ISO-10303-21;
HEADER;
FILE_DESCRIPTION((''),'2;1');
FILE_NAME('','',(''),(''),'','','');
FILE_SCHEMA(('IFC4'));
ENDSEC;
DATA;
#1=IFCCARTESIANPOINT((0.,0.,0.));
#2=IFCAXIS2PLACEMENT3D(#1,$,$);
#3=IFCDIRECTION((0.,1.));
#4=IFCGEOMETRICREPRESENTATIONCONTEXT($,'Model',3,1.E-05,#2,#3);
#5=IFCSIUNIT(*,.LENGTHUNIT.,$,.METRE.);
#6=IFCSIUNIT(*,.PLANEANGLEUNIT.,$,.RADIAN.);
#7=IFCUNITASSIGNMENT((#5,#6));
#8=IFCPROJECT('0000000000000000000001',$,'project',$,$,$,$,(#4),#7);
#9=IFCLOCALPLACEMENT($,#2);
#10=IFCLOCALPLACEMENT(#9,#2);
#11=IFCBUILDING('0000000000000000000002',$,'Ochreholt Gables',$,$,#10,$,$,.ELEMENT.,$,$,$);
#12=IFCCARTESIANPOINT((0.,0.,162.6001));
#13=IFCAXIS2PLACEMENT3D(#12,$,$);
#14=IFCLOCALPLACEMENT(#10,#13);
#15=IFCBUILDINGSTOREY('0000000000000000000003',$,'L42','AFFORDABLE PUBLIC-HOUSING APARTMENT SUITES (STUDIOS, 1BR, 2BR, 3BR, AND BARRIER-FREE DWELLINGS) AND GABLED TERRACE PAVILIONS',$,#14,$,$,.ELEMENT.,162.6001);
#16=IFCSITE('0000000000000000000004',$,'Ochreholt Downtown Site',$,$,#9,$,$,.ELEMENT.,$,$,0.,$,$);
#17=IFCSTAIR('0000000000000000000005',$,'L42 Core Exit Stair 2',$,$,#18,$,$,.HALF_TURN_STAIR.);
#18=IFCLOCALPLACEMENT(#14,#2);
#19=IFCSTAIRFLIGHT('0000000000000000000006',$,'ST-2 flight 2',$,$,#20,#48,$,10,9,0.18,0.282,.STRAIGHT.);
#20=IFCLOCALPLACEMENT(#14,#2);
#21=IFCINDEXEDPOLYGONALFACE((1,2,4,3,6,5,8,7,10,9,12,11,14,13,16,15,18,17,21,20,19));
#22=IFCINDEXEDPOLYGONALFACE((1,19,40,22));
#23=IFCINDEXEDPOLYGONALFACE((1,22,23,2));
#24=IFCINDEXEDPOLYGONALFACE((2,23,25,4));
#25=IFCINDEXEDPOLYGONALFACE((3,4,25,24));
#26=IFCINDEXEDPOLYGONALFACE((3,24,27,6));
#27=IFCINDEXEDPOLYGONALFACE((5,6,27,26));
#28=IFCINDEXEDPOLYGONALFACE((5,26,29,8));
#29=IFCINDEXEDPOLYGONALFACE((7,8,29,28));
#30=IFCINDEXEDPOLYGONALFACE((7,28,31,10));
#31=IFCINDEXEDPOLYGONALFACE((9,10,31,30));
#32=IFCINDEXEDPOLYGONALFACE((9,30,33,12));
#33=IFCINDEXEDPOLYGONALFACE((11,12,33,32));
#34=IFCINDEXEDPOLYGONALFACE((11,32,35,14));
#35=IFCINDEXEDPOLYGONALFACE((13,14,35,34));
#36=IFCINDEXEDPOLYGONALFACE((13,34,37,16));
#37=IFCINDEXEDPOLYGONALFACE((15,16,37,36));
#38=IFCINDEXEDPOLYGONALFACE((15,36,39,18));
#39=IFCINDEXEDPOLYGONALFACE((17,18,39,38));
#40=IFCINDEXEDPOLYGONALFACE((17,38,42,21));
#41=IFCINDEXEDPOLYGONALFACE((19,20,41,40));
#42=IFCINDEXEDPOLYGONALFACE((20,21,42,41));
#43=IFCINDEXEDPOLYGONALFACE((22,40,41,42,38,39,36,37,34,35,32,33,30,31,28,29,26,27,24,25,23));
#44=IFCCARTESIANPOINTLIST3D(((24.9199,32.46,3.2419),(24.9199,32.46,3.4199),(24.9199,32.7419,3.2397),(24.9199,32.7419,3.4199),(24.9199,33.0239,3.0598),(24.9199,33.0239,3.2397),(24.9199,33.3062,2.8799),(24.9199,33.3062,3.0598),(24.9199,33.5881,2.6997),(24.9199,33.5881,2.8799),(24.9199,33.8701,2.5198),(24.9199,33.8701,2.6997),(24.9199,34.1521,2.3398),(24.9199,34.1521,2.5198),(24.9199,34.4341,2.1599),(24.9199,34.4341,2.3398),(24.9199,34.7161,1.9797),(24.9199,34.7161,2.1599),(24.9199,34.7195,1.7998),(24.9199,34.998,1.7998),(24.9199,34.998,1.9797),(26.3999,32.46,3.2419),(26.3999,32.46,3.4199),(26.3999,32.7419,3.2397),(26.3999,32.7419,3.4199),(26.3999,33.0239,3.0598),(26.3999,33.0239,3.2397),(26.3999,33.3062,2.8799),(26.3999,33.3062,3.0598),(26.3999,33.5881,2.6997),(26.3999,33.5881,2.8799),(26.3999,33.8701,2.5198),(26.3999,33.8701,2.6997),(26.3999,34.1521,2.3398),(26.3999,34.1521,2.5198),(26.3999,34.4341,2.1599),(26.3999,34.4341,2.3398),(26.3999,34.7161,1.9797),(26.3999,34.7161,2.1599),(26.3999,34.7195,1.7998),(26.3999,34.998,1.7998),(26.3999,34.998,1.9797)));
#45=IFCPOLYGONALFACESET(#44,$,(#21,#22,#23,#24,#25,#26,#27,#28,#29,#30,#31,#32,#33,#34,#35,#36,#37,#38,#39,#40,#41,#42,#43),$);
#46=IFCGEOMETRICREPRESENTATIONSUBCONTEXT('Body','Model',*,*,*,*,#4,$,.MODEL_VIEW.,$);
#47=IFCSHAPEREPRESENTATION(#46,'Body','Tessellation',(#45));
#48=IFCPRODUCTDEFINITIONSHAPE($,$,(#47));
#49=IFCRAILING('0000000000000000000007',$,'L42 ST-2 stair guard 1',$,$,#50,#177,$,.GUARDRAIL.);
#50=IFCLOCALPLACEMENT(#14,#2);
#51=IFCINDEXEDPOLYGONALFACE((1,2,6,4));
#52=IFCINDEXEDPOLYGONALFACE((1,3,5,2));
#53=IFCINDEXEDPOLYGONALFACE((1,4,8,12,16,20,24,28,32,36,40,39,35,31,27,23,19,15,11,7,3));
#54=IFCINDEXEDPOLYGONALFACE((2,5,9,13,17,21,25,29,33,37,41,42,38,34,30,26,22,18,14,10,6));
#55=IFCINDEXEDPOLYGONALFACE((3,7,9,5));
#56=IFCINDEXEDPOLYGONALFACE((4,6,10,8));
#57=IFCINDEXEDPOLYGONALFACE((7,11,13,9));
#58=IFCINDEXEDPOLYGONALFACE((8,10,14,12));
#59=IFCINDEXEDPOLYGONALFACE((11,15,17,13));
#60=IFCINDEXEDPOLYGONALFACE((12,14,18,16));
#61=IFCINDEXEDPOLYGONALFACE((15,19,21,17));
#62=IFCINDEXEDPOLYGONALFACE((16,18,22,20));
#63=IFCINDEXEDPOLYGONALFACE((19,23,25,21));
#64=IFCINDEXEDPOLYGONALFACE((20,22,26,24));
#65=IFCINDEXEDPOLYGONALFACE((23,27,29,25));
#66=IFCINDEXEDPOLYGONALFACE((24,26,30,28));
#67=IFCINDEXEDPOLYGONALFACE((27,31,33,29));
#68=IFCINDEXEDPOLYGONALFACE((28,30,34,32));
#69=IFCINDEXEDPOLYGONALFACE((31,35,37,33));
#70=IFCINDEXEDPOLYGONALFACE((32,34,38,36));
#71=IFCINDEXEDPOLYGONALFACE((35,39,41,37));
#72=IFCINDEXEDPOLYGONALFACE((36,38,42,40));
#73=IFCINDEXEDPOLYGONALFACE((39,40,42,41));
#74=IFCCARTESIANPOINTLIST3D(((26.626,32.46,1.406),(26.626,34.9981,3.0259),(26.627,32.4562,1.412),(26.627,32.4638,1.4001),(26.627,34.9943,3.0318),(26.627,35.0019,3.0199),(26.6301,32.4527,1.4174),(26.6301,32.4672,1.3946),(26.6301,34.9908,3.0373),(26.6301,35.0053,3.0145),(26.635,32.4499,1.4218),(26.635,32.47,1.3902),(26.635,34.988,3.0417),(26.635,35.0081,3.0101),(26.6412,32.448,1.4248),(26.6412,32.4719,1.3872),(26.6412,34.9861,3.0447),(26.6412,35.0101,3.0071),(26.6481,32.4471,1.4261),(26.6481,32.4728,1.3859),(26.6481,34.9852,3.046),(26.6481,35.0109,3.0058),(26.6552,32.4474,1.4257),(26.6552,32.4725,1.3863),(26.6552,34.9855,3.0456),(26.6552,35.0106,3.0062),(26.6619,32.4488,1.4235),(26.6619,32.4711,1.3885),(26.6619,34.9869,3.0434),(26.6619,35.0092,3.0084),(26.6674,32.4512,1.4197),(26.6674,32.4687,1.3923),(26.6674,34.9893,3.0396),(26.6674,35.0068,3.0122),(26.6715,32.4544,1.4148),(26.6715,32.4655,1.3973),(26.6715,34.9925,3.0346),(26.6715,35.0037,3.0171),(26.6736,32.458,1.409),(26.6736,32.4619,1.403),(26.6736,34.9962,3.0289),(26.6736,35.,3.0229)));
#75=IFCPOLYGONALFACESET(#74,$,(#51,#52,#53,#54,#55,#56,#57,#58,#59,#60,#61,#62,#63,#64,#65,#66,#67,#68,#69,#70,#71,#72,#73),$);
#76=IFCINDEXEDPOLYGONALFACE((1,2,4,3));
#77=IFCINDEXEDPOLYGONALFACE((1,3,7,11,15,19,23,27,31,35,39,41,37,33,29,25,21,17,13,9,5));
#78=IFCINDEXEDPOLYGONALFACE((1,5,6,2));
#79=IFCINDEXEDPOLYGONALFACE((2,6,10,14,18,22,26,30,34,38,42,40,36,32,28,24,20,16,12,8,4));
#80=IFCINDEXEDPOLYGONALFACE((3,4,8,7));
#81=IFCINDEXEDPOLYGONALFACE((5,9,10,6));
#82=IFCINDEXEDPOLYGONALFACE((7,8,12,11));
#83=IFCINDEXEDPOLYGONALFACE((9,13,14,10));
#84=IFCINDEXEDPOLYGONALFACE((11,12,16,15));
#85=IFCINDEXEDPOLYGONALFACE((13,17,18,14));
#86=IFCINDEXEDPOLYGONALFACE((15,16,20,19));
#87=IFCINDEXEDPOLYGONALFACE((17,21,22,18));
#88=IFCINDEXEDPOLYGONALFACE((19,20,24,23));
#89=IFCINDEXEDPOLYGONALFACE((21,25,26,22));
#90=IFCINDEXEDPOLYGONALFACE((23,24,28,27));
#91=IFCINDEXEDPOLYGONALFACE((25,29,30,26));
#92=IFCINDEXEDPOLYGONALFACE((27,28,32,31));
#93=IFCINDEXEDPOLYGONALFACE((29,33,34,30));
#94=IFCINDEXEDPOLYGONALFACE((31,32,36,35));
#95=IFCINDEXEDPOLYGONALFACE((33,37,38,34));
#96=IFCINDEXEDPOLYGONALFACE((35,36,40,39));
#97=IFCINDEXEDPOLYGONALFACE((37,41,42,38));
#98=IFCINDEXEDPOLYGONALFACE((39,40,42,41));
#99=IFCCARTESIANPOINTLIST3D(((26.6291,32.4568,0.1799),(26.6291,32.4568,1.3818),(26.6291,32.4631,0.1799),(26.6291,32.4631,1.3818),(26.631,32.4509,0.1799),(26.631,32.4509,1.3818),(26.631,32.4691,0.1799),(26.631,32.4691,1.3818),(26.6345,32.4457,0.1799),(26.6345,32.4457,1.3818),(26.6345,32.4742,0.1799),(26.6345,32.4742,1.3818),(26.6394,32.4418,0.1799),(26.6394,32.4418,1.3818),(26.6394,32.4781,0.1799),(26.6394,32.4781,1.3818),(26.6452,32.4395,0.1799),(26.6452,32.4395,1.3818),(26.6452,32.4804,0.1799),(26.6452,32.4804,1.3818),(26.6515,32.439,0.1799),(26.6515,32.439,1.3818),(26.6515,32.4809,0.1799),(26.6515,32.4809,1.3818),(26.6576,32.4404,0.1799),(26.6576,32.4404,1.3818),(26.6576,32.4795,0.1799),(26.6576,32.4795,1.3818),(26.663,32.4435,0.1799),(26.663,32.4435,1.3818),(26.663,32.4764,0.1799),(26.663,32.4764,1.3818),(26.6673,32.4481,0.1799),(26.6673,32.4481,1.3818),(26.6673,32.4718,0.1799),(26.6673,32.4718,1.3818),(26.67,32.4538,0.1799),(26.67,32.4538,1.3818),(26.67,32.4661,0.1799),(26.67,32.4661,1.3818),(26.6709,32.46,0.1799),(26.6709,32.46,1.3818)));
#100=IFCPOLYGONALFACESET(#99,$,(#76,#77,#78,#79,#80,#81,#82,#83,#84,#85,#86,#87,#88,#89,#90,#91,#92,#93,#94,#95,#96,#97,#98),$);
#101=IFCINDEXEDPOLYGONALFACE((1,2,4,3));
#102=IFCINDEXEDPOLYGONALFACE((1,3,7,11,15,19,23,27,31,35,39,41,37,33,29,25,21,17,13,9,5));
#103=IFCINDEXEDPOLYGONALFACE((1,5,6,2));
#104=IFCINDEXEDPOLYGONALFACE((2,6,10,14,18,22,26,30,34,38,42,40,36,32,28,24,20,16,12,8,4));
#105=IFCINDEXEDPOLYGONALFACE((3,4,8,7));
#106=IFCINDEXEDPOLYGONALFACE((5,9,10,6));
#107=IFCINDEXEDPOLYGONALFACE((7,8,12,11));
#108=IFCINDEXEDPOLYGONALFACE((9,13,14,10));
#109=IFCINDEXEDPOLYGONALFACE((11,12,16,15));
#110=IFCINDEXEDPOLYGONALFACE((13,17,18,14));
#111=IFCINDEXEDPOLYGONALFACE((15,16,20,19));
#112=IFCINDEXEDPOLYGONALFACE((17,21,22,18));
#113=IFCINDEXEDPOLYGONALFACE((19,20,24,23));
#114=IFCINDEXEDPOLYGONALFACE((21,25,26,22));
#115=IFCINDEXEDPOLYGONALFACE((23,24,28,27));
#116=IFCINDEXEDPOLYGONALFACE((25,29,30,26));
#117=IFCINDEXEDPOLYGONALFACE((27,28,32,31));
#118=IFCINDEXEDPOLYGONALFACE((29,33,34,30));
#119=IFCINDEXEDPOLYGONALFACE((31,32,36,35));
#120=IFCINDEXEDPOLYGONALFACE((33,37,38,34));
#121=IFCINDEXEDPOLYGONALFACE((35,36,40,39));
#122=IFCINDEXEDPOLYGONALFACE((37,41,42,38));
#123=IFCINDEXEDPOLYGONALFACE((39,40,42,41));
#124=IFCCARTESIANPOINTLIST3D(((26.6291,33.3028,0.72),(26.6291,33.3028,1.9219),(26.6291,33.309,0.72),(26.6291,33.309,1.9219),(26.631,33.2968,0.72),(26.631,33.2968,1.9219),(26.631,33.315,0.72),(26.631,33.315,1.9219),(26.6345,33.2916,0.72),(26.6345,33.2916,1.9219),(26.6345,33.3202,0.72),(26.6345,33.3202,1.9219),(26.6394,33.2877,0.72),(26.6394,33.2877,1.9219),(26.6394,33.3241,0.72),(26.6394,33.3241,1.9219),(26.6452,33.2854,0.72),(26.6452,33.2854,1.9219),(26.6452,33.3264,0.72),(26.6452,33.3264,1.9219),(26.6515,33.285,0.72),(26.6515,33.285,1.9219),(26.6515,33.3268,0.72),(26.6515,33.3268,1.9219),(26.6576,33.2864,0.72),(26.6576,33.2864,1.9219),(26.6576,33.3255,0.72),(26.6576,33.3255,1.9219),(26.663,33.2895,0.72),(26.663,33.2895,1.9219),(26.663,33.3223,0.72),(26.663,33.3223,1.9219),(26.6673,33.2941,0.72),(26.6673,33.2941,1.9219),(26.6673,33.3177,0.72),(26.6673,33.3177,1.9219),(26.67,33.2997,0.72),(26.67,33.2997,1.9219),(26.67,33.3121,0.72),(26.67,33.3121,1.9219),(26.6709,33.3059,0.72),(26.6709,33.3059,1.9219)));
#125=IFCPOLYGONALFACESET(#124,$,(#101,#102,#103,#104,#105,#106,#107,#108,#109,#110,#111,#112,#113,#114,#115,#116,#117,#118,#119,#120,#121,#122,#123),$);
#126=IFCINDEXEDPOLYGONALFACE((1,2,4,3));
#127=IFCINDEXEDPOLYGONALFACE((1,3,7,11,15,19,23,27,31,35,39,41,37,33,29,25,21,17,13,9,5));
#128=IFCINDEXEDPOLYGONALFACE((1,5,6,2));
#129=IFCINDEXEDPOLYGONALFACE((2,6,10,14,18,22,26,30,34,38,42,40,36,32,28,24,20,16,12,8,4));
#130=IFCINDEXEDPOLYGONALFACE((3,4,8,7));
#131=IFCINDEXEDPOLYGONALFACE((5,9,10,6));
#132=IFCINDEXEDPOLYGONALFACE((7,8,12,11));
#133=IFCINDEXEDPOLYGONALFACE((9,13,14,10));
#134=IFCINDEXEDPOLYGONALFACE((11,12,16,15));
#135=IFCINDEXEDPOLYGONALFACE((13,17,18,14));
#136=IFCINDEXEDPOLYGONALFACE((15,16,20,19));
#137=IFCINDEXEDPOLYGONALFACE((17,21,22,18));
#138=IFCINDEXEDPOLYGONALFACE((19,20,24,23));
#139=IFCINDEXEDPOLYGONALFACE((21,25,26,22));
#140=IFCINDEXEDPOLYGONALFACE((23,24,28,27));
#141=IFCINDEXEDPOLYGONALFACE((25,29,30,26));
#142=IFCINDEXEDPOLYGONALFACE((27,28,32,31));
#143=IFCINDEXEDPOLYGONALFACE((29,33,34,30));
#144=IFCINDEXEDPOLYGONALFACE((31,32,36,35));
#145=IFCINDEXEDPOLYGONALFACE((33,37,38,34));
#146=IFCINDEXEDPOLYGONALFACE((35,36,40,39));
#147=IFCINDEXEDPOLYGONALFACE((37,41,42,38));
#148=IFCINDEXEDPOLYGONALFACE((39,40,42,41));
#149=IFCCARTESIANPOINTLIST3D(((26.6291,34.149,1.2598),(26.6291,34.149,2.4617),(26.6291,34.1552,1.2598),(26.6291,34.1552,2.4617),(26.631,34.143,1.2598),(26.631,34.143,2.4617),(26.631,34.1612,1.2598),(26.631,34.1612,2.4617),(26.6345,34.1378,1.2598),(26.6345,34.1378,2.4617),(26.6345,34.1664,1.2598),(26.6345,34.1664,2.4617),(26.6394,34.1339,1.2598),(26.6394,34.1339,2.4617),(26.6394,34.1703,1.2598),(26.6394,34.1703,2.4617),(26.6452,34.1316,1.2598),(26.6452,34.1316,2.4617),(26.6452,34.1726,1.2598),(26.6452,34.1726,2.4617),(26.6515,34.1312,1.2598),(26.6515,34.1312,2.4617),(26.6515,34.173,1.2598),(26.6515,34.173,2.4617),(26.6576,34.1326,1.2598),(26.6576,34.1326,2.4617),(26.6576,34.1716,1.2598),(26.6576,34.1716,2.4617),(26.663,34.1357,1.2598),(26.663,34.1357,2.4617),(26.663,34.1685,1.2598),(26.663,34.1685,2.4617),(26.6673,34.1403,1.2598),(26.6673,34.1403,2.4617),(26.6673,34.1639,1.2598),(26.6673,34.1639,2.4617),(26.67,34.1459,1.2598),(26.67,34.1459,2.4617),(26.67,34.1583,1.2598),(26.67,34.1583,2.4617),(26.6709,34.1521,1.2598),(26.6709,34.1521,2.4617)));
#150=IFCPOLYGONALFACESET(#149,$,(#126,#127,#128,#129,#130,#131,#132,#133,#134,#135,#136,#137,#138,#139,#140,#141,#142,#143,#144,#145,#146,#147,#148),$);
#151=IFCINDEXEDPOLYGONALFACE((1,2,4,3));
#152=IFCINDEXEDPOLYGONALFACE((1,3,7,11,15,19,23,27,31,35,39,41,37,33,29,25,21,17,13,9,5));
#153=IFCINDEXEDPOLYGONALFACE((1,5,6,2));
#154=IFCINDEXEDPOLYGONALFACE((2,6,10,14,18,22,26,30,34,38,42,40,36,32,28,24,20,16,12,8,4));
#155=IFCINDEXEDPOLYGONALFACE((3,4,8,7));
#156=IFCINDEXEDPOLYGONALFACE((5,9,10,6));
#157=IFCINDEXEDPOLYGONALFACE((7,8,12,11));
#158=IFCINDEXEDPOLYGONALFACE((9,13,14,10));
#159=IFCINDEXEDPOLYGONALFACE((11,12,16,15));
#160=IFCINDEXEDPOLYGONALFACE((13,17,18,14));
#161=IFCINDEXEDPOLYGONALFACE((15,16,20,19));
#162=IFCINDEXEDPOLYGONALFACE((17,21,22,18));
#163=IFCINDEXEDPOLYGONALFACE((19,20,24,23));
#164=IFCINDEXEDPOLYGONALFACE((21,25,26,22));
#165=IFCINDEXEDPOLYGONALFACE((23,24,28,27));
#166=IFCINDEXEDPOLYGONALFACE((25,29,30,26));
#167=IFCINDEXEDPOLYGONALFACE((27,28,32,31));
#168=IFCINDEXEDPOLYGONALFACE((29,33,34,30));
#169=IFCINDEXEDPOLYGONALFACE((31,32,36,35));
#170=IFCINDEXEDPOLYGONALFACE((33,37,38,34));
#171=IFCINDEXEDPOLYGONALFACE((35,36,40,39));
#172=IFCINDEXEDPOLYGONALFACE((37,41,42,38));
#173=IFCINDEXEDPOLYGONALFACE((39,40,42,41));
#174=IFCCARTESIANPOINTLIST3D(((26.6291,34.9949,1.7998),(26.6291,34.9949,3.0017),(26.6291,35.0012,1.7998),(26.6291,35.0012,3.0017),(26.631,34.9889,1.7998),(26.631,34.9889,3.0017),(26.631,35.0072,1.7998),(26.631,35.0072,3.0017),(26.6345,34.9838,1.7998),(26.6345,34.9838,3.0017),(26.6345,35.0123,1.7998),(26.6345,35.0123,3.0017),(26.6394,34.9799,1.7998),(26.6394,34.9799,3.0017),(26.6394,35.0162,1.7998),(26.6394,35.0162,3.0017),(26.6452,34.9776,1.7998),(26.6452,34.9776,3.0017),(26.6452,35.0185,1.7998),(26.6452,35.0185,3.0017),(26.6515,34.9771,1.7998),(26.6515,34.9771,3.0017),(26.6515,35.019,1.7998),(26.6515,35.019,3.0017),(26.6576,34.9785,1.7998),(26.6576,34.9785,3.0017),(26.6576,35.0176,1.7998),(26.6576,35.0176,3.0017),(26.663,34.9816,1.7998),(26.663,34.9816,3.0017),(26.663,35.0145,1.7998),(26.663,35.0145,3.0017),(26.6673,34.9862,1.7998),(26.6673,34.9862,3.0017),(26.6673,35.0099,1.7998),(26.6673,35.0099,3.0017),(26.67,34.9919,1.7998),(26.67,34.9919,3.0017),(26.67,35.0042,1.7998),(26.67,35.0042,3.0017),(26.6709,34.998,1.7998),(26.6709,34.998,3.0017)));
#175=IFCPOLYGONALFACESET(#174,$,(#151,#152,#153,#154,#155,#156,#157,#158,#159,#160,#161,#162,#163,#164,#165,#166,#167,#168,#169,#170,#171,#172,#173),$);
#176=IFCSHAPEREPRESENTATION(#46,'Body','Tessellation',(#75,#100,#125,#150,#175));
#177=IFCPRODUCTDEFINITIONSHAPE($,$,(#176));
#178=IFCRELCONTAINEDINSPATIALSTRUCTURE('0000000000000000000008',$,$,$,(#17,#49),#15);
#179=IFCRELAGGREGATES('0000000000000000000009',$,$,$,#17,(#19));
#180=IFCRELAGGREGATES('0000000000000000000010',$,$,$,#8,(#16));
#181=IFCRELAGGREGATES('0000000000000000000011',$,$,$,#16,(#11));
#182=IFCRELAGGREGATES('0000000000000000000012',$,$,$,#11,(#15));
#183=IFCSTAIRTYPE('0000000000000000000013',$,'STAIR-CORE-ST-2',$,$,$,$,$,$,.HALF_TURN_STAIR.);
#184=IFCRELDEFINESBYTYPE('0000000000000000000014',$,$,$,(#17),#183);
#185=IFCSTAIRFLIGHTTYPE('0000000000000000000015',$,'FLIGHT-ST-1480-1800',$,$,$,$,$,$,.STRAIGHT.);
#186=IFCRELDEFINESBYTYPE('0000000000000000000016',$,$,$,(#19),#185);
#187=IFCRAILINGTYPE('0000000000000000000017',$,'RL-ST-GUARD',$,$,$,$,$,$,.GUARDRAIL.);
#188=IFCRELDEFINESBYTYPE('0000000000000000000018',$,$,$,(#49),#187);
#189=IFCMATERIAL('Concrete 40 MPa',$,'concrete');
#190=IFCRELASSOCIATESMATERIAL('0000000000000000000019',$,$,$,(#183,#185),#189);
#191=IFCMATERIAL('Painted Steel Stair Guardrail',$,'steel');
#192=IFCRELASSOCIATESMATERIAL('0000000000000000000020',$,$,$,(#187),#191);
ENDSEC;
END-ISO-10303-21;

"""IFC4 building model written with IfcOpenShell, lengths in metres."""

from ifc_helpers import new_model, si_unit, direction, frame, origin, origin_2d, place, context, subcontext, project, spatial, polyline, circle, outline, extrude, material, type_object, element, aggregate, save


model = new_model("IFC4")

# Units and contexts
model_context = context("Model", 3, precision=1e-05, world=origin(), true_north=direction((0.0, 1.0)))
body_context = subcontext(model_context, "Body", "Model", "MODEL_VIEW")
ifc_project = project(units=[si_unit("LENGTHUNIT", "METRE"), si_unit("PLANEANGLEUNIT", "RADIAN")], contexts=[model_context])

# Site, building, storey
site_placement = place(None, origin())
site = spatial("IfcSite", under=ifc_project, at=site_placement, Name="Ochreholt Downtown Site", CompositionType="ELEMENT", RefElevation=0.0)
building_placement = place(site_placement, origin())
building = spatial("IfcBuilding", under=site, at=building_placement, Name="Ochreholt Gables", CompositionType="ELEMENT")
storey_placement = place(building_placement, frame((0.0, 0.0, 162.6001)))
storey = spatial("IfcBuildingStorey", under=building, at=storey_placement, Name="L42", Description="AFFORDABLE PUBLIC-HOUSING APARTMENT SUITES (STUDIOS, 1BR, 2BR, 3BR, AND BARRIER-FREE DWELLINGS) AND GABLED TERRACE PAVILIONS", CompositionType="ELEMENT", Elevation=162.6001)

# Stair, stair flight
ifc_material_1 = material(Name="Concrete 40 MPa", Category="concrete")
stair_type = type_object("IfcStairType", Name="STAIR-CORE-ST-2", PredefinedType="HALF_TURN_STAIR", material=ifc_material_1)
stair_placement = place(storey_placement, origin())
stair = element("IfcStair", 1, at=stair_placement, inside=storey, type_object=stair_type, Name="L42 Core Exit Stair 2", PredefinedType="HALF_TURN_STAIR")
stair_flight_type = type_object("IfcStairFlightType", Name="FLIGHT-ST-1480-1800", PredefinedType="STRAIGHT", material=ifc_material_1)
stair_flight_1_placement = place(storey_placement, frame((25.6599, 34.998, 1.7998), z_axis=(0.0, 0.0, 1.0), x_axis=(0.0, -1.0, 0.0)))
stair_flight_1 = element("IfcStairFlight", 2, at=stair_flight_1_placement, type_object=stair_flight_type, Name="ST-2 flight 2", NumberOfRisers=10, NumberOfTreads=9, PredefinedType="STRAIGHT", RiserHeight=0.18, TreadLength=0.282, context=body_context, shape_type="SweptSolid", body=[
    extrude(outline(polyline([(0.0, 0.0), (0.0, 0.1799), (0.282, 0.1799), (0.282, 0.3601), (0.564, 0.3601), (0.564, 0.54), (0.8459, 0.54), (0.8459, 0.72), (1.1279, 0.72), (1.1279, 0.8999), (1.4099, 0.8999), (1.4099, 1.0801), (1.6919, 1.0801), (1.6919, 1.26), (1.9741, 1.26), (1.9741, 1.4399), (2.2561, 1.4399), (2.2561, 1.6201), (2.5381, 1.6201), (2.5381, 1.8), (2.5381, 1.4421), (0.2786, 0.0), (0.0, 0.0)])), frame((0.0, 0.74, 0.0), z_axis=(0.0, -1.0, 0.0), x_axis=(1.0, 0.0, 0.0)), (0.0, 0.0, 1.0), 1.48),
])
aggregate(stair, [stair_flight_1])

# Railing
ifc_material_2 = material(Name="Painted Steel Stair Guardrail", Category="steel")
railing_type_1 = type_object("IfcRailingType", Name="RL-ST-GUARD", PredefinedType="GUARDRAIL", material=ifc_material_2)
railing_1_placement = place(storey_placement, frame((26.6499, 32.46, 0.1799)))
element("IfcRailing", 3, at=railing_1_placement, inside=storey, type_object=railing_type_1, Name="L42 ST-2 stair guard 1", PredefinedType="GUARDRAIL", context=body_context, shape_type="SweptSolid", body=[
    extrude(circle(Radius=0.0239, at=origin_2d()), frame((0.0, 0.0, 1.2261), z_axis=(0.0, 0.84295, 0.537993), x_axis=(-1.0, 0.0, 0.0)), (0.0, 0.0, 1.0), 3.011),
    extrude(circle(Radius=0.021, at=origin_2d()), origin(), (0.0, 0.0, 1.0), 1.2019),
    extrude(circle(Radius=0.021, at=origin_2d()), frame((0.0, 0.8459, 0.54)), (0.0, 0.0, 1.0), 1.2019),
    extrude(circle(Radius=0.021, at=origin_2d()), frame((0.0, 1.6921, 1.0798)), (0.0, 0.0, 1.0), 1.2019),
    extrude(circle(Radius=0.021, at=origin_2d()), frame((0.0, 2.5381, 1.6199)), (0.0, 0.0, 1.0), 1.2019),
])

save(model, "model.ifc")
